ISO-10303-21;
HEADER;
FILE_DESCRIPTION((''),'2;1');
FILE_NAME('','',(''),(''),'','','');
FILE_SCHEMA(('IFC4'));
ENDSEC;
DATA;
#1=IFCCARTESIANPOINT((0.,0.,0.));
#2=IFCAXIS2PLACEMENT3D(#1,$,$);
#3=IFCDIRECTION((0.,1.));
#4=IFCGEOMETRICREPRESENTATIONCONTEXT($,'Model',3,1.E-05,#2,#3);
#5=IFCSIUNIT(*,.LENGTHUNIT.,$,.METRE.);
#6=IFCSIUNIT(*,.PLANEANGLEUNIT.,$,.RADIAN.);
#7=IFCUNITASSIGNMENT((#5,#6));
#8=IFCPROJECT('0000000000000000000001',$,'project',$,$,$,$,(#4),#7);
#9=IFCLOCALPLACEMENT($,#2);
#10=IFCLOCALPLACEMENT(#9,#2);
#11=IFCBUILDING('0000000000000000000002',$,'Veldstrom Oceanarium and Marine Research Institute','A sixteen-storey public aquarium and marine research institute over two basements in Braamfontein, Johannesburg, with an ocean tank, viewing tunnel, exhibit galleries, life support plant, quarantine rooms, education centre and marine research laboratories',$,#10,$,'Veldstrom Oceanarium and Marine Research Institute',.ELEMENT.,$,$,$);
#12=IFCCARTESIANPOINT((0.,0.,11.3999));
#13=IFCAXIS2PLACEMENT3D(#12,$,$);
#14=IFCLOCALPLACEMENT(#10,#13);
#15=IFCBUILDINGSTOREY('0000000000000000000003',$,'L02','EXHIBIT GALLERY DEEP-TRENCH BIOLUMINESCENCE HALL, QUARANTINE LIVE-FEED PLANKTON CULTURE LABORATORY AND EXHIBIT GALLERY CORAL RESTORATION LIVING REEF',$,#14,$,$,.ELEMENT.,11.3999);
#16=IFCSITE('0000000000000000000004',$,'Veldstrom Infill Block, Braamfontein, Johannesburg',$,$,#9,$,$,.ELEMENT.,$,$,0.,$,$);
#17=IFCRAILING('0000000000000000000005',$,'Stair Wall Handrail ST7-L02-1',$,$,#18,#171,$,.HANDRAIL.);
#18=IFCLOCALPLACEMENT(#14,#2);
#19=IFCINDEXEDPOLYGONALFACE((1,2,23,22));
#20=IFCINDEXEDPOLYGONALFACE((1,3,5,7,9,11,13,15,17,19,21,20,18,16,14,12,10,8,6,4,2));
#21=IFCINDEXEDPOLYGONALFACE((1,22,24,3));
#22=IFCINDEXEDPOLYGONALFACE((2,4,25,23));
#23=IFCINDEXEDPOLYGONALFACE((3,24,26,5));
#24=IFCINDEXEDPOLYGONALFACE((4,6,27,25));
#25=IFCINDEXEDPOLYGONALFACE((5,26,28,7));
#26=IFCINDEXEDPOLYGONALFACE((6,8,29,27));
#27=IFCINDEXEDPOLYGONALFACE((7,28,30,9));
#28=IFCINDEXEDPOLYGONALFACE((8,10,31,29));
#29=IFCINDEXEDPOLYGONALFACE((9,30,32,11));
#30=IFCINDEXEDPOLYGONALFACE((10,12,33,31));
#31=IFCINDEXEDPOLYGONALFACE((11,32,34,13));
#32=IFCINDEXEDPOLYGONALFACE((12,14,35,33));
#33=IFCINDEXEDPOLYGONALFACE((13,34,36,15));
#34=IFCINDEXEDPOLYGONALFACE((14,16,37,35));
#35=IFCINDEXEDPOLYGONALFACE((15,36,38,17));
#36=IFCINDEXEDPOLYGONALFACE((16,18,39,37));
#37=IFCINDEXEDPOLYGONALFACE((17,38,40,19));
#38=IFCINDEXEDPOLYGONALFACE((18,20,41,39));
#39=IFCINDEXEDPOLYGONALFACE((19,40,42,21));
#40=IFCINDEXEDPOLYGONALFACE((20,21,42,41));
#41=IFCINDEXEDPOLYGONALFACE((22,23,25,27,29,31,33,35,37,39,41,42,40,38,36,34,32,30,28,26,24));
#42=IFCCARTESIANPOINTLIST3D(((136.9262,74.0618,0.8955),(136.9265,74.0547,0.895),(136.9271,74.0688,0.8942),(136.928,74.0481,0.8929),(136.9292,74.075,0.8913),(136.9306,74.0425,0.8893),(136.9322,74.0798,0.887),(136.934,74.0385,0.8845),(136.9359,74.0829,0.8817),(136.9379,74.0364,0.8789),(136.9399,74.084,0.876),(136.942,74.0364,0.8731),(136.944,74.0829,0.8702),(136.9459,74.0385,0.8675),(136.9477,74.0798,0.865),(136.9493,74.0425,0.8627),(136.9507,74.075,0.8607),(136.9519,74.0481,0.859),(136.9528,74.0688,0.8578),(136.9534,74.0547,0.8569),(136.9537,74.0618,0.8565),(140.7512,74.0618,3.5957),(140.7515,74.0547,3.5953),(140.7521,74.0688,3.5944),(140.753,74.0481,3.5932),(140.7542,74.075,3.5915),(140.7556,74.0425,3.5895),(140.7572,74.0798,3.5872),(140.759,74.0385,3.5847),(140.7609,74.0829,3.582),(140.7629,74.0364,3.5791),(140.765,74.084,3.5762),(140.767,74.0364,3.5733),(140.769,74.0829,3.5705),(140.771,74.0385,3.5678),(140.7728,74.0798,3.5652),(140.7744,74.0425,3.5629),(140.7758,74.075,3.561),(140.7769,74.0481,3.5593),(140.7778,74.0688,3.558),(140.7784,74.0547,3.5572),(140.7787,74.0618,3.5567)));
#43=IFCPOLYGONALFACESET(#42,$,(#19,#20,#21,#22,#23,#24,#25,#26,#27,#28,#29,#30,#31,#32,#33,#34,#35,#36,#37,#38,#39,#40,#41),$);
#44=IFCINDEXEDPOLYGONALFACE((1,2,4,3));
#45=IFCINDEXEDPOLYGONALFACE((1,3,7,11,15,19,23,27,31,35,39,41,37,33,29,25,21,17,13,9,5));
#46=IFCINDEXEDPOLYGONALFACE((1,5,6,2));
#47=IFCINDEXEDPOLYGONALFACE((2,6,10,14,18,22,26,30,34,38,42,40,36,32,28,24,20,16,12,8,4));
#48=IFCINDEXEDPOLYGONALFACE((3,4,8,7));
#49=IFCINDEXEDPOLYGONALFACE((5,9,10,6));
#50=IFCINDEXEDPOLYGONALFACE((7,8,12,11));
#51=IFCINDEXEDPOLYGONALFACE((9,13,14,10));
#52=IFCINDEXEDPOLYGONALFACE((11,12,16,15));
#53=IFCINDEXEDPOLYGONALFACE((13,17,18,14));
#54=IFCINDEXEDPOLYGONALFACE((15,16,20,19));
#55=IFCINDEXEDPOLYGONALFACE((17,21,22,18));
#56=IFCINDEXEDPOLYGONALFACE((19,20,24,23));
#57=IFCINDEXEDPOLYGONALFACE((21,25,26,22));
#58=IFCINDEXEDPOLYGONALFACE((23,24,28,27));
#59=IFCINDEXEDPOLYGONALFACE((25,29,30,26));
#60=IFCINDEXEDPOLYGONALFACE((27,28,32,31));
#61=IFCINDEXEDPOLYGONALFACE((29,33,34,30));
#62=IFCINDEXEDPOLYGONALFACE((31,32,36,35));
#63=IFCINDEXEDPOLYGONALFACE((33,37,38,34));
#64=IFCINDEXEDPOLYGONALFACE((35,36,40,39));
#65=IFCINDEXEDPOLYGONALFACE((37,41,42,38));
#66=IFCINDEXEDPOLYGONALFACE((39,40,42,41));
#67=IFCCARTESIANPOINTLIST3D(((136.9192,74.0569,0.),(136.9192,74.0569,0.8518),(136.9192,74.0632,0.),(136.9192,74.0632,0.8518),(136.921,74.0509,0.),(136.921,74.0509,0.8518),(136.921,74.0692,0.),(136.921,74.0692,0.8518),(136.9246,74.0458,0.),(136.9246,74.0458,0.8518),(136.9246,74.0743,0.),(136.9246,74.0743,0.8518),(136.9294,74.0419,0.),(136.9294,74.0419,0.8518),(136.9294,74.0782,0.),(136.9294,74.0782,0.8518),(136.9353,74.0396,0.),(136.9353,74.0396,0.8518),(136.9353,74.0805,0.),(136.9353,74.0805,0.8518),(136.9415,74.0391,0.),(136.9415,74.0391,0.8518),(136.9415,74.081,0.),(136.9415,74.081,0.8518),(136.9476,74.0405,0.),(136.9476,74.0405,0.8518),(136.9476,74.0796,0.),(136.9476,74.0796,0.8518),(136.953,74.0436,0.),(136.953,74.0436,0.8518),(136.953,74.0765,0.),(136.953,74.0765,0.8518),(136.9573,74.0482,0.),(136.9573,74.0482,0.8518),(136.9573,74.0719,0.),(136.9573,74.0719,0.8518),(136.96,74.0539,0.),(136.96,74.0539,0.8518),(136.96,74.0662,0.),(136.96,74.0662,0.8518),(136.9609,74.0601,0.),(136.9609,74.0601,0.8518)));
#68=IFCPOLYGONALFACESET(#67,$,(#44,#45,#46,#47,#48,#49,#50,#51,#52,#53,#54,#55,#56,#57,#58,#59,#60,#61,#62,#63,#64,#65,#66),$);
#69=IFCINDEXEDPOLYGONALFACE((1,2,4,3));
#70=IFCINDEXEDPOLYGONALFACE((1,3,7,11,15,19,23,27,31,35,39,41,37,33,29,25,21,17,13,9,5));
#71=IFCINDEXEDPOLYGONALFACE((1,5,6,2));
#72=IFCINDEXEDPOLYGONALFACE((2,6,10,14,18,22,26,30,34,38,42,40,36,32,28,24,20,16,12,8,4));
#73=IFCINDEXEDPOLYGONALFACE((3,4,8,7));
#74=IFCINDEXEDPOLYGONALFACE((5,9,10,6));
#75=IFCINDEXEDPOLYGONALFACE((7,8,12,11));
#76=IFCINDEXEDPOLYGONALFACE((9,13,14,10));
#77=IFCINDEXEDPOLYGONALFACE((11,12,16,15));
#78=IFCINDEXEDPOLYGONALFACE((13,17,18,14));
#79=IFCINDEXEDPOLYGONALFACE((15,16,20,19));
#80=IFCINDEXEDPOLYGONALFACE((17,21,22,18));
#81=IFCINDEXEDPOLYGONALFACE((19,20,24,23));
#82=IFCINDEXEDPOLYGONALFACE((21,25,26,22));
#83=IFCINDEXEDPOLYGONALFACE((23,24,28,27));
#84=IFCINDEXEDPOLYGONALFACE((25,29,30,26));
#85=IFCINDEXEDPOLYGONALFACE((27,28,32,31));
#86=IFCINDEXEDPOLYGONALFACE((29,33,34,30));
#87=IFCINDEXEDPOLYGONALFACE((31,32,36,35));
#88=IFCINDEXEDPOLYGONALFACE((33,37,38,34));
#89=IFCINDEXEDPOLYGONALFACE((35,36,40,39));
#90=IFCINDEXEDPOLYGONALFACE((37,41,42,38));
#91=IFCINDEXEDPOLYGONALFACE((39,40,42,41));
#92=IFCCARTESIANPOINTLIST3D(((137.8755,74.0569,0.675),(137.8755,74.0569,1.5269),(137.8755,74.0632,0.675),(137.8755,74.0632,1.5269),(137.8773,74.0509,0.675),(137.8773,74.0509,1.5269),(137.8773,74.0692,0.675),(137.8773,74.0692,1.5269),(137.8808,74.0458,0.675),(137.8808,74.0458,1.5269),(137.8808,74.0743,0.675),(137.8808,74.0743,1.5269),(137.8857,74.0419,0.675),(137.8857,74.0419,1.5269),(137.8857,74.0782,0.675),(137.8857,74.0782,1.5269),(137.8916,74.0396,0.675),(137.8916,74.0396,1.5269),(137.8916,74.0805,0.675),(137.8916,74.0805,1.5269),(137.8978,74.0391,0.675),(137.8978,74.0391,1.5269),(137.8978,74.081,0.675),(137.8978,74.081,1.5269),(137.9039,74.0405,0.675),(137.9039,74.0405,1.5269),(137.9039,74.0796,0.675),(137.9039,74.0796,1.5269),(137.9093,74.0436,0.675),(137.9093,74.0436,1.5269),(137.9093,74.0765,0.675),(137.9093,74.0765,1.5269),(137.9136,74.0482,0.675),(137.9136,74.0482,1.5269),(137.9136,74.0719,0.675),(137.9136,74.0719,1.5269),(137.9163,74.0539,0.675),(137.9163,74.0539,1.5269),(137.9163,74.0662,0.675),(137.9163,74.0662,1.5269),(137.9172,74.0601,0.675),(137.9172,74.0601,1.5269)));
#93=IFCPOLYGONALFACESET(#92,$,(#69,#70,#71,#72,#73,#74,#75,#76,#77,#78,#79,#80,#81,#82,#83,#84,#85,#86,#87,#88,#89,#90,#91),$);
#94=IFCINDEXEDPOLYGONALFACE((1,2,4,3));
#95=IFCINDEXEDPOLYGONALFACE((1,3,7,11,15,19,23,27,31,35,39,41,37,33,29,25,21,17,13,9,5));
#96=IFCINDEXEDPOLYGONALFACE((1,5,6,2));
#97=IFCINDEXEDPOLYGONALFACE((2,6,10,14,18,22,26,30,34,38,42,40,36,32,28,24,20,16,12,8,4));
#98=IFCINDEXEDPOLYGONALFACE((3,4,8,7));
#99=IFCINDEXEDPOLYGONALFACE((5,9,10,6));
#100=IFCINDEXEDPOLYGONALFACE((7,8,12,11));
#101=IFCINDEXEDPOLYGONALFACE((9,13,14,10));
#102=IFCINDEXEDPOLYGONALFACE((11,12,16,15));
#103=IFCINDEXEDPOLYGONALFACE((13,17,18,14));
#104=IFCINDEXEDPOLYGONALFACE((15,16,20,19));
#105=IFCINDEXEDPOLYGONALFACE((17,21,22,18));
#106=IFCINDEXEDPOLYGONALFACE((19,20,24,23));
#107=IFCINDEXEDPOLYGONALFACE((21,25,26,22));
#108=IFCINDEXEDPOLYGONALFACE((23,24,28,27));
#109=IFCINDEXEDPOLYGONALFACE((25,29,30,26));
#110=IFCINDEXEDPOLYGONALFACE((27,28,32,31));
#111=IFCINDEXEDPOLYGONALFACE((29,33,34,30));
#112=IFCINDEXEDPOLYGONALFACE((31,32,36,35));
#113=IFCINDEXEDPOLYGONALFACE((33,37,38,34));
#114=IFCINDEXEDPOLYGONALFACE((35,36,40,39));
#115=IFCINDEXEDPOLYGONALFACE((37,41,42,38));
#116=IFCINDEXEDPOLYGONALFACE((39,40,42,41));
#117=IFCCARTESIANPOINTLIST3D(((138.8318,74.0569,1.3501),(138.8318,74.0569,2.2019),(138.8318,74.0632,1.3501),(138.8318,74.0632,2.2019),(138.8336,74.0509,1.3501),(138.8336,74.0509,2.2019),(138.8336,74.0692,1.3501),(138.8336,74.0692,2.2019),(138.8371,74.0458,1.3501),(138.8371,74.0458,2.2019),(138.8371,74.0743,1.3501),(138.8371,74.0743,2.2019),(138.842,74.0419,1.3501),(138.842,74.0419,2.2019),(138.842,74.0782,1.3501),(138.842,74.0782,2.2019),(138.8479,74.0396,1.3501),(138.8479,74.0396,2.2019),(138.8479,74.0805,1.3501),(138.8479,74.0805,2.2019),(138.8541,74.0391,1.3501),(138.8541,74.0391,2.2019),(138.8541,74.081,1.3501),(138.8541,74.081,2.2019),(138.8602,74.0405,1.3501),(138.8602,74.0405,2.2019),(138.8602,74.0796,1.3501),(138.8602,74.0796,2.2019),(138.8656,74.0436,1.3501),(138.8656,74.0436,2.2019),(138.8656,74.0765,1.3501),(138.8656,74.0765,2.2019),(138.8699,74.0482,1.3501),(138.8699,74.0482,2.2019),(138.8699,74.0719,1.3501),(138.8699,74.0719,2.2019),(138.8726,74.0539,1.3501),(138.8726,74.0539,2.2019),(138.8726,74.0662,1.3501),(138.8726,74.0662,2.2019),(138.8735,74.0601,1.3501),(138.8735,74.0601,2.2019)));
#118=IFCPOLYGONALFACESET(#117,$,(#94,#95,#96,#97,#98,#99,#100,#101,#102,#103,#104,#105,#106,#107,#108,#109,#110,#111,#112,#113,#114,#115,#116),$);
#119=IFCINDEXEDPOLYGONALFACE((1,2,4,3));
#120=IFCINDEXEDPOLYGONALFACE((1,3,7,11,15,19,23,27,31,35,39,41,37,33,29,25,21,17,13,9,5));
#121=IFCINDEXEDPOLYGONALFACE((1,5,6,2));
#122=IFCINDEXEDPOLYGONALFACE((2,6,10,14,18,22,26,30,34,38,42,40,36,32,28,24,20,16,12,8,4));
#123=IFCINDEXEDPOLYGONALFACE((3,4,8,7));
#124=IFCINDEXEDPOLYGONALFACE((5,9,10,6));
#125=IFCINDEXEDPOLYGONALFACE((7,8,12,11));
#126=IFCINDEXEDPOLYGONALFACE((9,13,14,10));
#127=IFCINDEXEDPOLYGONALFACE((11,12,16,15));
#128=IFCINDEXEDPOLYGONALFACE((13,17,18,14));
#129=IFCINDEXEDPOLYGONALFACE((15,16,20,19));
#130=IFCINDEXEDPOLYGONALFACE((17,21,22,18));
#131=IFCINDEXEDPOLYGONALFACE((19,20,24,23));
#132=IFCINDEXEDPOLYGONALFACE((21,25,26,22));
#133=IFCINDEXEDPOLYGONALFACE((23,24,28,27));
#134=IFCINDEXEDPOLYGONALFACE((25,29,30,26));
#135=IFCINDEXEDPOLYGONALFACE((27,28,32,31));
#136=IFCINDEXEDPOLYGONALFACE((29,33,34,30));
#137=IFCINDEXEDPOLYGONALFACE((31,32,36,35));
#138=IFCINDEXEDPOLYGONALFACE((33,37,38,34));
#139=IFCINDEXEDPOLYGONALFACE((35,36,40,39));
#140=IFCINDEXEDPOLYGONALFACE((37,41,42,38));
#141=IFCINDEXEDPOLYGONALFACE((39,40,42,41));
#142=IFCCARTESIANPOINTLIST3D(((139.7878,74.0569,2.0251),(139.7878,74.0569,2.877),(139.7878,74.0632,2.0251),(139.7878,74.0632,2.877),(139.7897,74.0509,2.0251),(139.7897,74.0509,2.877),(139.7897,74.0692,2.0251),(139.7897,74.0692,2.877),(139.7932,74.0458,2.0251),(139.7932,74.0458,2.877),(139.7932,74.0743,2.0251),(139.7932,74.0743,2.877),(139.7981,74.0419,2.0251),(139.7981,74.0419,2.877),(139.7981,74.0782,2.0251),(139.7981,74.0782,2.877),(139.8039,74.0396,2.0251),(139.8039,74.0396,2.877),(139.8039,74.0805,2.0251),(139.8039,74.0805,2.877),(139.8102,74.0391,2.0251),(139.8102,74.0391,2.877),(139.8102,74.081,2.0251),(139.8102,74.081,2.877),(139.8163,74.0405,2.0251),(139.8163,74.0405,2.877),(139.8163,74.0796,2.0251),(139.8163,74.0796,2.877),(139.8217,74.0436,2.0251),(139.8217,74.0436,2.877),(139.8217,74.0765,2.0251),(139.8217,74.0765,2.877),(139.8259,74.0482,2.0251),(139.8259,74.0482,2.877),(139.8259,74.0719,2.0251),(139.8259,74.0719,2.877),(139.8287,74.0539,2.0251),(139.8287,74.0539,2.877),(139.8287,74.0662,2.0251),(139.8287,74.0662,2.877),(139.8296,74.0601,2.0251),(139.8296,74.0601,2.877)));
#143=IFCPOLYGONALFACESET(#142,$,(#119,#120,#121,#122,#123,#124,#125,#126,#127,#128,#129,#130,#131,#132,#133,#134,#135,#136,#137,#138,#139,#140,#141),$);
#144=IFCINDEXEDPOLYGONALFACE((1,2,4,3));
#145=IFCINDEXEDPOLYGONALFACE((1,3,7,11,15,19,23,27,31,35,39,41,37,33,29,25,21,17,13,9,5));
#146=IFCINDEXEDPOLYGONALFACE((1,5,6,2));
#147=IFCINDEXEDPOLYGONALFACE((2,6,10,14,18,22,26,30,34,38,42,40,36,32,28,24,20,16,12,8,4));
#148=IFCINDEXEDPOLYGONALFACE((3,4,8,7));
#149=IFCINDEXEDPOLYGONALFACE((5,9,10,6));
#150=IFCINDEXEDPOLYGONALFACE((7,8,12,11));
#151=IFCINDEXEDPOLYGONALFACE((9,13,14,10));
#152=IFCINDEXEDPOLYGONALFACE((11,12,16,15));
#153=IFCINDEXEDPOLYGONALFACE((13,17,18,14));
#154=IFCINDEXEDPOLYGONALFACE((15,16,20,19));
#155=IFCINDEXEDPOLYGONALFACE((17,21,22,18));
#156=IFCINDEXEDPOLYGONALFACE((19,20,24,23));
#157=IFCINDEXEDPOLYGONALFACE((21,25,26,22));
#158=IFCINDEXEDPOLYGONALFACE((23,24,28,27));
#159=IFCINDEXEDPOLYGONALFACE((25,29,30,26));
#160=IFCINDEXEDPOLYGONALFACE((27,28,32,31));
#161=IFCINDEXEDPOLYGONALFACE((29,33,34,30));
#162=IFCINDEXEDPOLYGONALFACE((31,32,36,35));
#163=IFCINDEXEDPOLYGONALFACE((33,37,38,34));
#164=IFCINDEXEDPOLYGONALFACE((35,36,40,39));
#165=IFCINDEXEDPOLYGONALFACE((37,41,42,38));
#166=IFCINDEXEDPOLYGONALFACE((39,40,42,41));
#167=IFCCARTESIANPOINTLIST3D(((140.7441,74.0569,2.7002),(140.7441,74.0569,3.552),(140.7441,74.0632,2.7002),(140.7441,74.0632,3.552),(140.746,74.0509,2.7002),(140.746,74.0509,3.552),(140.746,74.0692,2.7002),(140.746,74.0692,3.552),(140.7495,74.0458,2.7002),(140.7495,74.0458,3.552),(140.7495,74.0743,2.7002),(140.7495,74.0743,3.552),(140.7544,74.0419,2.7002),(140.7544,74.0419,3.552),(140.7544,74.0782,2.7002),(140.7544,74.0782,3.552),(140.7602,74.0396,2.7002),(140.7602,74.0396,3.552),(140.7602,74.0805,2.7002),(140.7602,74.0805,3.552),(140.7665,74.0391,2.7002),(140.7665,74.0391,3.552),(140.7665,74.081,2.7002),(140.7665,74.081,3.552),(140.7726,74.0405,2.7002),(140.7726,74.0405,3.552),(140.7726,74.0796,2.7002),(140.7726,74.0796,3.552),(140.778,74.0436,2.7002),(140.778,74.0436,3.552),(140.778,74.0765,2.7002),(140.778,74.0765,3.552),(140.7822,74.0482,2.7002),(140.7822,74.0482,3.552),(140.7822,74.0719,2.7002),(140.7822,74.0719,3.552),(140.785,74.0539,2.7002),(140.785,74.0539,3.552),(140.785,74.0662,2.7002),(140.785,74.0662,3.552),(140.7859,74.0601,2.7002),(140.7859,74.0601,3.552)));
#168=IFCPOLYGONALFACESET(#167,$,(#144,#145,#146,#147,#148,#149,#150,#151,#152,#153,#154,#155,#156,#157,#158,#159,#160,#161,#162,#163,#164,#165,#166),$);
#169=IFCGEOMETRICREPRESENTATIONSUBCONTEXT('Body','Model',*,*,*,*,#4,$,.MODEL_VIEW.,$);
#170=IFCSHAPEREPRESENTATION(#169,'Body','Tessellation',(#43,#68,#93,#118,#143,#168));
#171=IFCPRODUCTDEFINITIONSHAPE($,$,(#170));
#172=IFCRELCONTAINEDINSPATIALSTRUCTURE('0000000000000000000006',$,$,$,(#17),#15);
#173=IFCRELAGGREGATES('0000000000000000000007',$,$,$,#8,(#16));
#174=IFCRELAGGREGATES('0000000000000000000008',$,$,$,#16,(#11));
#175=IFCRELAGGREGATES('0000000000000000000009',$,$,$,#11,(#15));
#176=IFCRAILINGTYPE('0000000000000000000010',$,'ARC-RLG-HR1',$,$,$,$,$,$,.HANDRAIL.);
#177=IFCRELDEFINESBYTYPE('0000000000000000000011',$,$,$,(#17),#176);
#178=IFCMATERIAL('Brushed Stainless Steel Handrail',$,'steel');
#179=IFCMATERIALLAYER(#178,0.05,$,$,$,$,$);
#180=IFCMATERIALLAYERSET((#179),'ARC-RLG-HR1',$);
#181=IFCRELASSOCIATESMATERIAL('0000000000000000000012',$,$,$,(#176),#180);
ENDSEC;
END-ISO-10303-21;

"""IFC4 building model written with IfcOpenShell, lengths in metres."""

from ifc_helpers import new_model, si_unit, direction, frame, origin, origin_2d, place, context, subcontext, project, spatial, circle, extrude, material, layer, layer_set, type_object, element, save


model = new_model("IFC4")

# Units and contexts
model_context = context("Model", 3, precision=1e-05, world=origin(), true_north=direction((0.0, 1.0)))
body_context = subcontext(model_context, "Body", "Model", "MODEL_VIEW")
ifc_project = project(units=[si_unit("LENGTHUNIT", "METRE"), si_unit("PLANEANGLEUNIT", "RADIAN")], contexts=[model_context])

# Site, building, storey
site_placement = place(None, origin())
site = spatial("IfcSite", under=ifc_project, at=site_placement, Name="Veldstrom Infill Block, Braamfontein, Johannesburg", CompositionType="ELEMENT", RefElevation=0.0)
building_placement = place(site_placement, origin())
building = spatial("IfcBuilding", under=site, at=building_placement, Name="Veldstrom Oceanarium and Marine Research Institute", Description="A sixteen-storey public aquarium and marine research institute over two basements in Braamfontein, Johannesburg, with an ocean tank, viewing tunnel, exhibit galleries, life support plant, quarantine rooms, education centre and marine research laboratories", LongName="Veldstrom Oceanarium and Marine Research Institute", CompositionType="ELEMENT")
storey_placement = place(building_placement, frame((0.0, 0.0, 11.3999)))
storey = spatial("IfcBuildingStorey", under=building, at=storey_placement, Name="L02", Description="EXHIBIT GALLERY DEEP-TRENCH BIOLUMINESCENCE HALL, QUARANTINE LIVE-FEED PLANKTON CULTURE LABORATORY AND EXHIBIT GALLERY CORAL RESTORATION LIVING REEF", CompositionType="ELEMENT", Elevation=11.3999)

# Railing
ifc_material_1 = material(Name="Brushed Stainless Steel Handrail", Category="steel")
ifc_layer_1 = layer(ifc_material_1, 0.05)
ifc_layer_set_1 = layer_set([ifc_layer_1], Name="ARC-RLG-HR1")
railing_type_1 = type_object("IfcRailingType", Name="ARC-RLG-HR1", PredefinedType="HANDRAIL", material=ifc_layer_set_1)
railing_1_placement = place(storey_placement, frame((136.9399, 74.0601, 0.0)))
element("IfcRailing", 1, at=railing_1_placement, inside=storey, type_object=railing_type_1, Name="Stair Wall Handrail ST7-L02-1", PredefinedType="HANDRAIL", context=body_context, shape_type="SweptSolid", body=[
    extrude(circle(Radius=0.0239, at=origin_2d()), frame((0.0, 0.0, 0.876), z_axis=(0.816945, 0.0, 0.576716), x_axis=(0.0, 1.0, 0.0)), (0.0, 0.0, 1.0), 4.6821),
    extrude(circle(Radius=0.021, at=origin_2d()), origin(), (0.0, 0.0, 1.0), 0.8518),
    extrude(circle(Radius=0.021, at=origin_2d()), frame((0.9563, 0.0, 0.675)), (0.0, 0.0, 1.0), 0.8518),
    extrude(circle(Radius=0.021, at=origin_2d()), frame((1.9126, 0.0, 1.3501)), (0.0, 0.0, 1.0), 0.8518),
    extrude(circle(Radius=0.021, at=origin_2d()), frame((2.8687, 0.0, 2.0251)), (0.0, 0.0, 1.0), 0.8518),
    extrude(circle(Radius=0.021, at=origin_2d()), frame((3.825, 0.0, 2.7002)), (0.0, 0.0, 1.0), 0.8518),
])

save(model, "model.ifc")
